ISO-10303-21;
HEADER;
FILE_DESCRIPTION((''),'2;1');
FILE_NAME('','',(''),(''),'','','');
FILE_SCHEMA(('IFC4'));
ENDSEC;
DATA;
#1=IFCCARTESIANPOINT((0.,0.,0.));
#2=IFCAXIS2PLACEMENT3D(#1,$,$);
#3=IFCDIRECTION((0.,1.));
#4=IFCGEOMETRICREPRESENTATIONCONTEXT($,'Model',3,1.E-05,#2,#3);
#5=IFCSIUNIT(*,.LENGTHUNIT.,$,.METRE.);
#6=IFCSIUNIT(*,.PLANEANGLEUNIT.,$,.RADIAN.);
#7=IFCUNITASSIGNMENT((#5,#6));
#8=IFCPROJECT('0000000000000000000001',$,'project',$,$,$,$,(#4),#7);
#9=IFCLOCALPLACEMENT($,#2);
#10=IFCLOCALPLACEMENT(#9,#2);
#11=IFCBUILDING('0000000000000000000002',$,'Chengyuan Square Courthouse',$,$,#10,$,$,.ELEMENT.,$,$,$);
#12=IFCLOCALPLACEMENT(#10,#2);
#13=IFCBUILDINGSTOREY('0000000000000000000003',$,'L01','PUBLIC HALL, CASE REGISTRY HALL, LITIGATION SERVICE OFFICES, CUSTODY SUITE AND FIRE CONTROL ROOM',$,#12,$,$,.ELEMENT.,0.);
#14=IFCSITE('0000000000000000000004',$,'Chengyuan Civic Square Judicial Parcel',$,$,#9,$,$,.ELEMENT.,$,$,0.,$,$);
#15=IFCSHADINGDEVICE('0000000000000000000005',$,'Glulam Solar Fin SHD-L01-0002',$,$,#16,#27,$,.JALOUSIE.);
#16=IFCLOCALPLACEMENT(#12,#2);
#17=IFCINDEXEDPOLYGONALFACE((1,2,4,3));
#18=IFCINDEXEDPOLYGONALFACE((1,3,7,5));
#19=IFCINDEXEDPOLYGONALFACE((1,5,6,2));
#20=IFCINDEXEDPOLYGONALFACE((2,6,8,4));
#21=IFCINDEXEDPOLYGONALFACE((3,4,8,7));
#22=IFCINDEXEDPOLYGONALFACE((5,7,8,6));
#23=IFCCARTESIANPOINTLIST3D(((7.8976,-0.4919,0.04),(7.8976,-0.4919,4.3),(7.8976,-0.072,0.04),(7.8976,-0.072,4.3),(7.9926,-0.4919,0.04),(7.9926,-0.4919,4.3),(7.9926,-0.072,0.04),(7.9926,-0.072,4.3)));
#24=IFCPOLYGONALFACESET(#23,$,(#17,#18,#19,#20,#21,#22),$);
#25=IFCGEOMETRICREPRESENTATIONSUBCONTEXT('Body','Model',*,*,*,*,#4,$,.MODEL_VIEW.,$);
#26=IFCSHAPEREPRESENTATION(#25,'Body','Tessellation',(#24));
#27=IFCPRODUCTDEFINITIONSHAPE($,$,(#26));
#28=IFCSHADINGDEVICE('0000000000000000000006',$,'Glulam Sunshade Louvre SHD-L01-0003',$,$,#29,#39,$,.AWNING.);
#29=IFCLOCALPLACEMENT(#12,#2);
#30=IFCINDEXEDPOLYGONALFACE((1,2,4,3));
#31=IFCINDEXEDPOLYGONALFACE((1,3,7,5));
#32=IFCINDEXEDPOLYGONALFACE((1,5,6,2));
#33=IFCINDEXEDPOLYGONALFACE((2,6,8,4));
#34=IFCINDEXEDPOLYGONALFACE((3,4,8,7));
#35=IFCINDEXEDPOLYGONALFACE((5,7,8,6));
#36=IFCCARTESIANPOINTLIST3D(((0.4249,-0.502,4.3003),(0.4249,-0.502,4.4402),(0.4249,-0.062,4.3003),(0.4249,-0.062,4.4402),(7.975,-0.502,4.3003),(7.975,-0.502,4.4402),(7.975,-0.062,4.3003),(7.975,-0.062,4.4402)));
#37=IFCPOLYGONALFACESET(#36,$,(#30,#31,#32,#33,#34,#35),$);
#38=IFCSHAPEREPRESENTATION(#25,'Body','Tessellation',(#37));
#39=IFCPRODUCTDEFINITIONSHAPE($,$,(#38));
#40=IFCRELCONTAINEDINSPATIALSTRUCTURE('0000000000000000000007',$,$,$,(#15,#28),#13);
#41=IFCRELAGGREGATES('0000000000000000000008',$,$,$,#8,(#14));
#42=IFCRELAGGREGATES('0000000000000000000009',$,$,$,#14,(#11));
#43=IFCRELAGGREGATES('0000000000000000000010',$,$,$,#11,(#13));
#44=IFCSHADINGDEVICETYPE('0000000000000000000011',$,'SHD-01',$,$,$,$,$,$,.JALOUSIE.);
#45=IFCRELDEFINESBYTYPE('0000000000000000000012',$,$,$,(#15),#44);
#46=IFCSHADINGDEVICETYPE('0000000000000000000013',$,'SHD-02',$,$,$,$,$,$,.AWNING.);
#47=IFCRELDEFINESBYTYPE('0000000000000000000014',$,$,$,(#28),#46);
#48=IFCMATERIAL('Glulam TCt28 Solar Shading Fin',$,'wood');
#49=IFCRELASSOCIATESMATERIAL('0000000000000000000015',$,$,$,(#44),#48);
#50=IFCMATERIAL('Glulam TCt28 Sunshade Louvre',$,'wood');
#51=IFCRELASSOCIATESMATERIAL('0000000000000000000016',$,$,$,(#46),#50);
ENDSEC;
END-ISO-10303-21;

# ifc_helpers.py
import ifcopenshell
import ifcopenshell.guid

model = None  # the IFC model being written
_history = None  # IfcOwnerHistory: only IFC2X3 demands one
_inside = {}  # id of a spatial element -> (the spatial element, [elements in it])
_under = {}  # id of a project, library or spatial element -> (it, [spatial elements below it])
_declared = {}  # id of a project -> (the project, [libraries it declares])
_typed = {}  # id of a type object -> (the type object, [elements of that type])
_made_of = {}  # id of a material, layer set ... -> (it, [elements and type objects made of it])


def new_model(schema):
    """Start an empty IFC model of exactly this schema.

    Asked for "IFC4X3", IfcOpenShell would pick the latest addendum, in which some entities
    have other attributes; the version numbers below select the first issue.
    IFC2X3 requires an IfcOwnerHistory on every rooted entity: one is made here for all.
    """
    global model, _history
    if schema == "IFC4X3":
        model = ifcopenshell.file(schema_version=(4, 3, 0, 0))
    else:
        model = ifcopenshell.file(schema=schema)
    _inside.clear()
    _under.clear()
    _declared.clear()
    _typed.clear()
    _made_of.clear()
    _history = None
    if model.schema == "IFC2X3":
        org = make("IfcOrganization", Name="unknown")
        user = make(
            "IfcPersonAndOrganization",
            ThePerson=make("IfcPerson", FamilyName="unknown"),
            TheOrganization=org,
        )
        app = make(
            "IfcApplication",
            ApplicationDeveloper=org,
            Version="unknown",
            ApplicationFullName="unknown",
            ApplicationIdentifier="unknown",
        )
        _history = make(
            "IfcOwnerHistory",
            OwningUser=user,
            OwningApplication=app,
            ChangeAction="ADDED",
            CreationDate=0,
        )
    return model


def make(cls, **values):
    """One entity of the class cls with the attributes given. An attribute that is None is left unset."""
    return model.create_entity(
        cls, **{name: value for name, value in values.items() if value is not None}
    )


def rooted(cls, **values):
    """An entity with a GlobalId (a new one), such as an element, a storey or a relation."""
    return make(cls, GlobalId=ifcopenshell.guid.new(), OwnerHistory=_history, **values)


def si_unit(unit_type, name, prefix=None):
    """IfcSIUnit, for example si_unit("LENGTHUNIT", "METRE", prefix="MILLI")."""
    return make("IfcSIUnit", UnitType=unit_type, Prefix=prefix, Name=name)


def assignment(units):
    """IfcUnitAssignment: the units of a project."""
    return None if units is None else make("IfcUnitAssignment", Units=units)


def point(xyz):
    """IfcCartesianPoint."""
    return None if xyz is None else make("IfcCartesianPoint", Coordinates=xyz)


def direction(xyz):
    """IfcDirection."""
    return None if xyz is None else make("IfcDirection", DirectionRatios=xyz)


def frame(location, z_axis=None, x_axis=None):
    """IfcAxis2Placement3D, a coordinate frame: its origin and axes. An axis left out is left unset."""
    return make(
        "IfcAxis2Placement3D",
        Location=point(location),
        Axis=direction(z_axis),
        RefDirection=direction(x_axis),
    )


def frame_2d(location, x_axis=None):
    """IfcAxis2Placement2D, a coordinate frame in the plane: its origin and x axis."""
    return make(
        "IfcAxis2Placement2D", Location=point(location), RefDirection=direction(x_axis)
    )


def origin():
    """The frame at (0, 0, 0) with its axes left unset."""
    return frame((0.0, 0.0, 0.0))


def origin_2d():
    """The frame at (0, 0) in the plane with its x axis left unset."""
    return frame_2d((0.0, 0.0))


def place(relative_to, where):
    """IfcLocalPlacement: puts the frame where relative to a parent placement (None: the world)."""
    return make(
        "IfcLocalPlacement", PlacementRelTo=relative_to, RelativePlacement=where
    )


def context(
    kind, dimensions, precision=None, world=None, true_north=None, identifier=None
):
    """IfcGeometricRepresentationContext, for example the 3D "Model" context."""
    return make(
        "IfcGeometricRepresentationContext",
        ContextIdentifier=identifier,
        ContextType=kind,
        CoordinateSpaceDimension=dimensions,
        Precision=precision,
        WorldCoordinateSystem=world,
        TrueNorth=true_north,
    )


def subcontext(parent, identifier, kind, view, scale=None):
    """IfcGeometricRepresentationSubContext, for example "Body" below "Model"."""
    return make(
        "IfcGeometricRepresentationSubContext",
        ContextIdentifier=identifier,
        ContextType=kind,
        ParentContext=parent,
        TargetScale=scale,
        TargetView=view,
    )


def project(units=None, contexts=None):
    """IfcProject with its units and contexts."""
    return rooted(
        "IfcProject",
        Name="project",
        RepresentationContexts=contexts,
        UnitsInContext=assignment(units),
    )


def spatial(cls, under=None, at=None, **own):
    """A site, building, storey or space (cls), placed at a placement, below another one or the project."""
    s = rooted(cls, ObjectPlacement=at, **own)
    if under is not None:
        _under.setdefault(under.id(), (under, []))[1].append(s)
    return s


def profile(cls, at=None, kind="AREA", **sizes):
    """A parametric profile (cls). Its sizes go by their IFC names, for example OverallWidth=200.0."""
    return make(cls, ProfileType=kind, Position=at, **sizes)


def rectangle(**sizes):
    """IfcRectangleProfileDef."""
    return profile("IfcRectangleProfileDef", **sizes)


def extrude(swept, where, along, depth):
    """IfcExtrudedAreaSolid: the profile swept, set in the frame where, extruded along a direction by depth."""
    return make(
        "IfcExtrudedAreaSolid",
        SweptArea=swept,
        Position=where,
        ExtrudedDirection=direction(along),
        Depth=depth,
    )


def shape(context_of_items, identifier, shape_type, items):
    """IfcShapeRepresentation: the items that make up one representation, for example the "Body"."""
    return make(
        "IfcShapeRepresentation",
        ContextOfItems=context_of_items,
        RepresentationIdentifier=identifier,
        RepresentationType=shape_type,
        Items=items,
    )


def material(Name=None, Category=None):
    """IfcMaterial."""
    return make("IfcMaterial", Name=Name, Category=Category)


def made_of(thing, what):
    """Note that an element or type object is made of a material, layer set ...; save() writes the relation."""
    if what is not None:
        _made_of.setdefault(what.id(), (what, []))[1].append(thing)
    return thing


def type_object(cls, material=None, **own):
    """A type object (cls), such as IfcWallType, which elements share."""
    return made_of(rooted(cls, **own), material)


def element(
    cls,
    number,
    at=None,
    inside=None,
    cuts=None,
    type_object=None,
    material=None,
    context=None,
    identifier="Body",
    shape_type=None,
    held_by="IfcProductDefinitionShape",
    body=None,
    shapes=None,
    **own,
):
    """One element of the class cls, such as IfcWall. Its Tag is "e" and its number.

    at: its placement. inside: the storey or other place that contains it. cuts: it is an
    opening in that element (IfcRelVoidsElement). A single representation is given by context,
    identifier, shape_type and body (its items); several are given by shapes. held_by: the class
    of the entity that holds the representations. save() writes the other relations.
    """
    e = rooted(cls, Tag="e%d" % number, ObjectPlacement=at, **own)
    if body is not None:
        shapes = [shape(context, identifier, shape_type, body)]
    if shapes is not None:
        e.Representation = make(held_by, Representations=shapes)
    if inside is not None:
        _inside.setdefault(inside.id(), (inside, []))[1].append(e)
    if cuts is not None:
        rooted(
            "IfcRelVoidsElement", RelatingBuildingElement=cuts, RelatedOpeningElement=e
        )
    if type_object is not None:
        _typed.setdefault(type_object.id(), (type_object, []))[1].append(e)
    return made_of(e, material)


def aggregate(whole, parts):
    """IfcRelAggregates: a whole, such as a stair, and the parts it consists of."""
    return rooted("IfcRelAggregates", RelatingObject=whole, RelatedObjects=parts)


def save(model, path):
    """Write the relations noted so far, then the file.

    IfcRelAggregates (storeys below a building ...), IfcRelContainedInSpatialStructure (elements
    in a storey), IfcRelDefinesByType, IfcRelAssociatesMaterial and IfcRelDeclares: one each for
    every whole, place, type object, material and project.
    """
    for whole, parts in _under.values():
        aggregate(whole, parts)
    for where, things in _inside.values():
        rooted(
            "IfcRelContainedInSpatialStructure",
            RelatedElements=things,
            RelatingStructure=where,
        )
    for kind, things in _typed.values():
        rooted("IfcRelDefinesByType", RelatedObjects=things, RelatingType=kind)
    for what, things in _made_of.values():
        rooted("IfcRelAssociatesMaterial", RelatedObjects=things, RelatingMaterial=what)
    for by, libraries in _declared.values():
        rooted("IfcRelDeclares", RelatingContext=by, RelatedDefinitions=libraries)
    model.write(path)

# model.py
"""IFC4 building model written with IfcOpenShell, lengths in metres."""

from ifc_helpers import new_model, si_unit, direction, frame, origin, origin_2d, place, context, subcontext, project, spatial, rectangle, extrude, material, type_object, element, save


model = new_model("IFC4")

# Units and contexts
model_context = context("Model", 3, precision=1e-05, world=origin(), true_north=direction((0.0, 1.0)))
body_context = subcontext(model_context, "Body", "Model", "MODEL_VIEW")
ifc_project = project(units=[si_unit("LENGTHUNIT", "METRE"), si_unit("PLANEANGLEUNIT", "RADIAN")], contexts=[model_context])

# Site, building, storey
site_placement = place(None, origin())
site = spatial("IfcSite", under=ifc_project, at=site_placement, Name="Chengyuan Civic Square Judicial Parcel", CompositionType="ELEMENT", RefElevation=0.0)
building_placement = place(site_placement, origin())
building = spatial("IfcBuilding", under=site, at=building_placement, Name="Chengyuan Square Courthouse", CompositionType="ELEMENT")
storey_placement = place(building_placement, origin())
storey = spatial("IfcBuildingStorey", under=building, at=storey_placement, Name="L01", Description="PUBLIC HALL, CASE REGISTRY HALL, LITIGATION SERVICE OFFICES, CUSTODY SUITE AND FIRE CONTROL ROOM", CompositionType="ELEMENT", Elevation=0.0)

# Shading devices
ifc_material_1 = material(Name="Glulam TCt28 Solar Shading Fin", Category="wood")
shading_device_type_1 = type_object("IfcShadingDeviceType", Name="SHD-01", PredefinedType="JALOUSIE", material=ifc_material_1)
shading_device_1_placement = place(storey_placement, frame((7.9451, -0.282, 0.04), z_axis=(0.0, 0.0, 1.0), x_axis=(0.0, 1.0, 0.0)))
element("IfcShadingDevice", 1, at=shading_device_1_placement, inside=storey, type_object=shading_device_type_1, Name="Glulam Solar Fin SHD-L01-0002", PredefinedType="JALOUSIE", context=body_context, shape_type="SweptSolid", body=[
    extrude(rectangle(XDim=0.4199, YDim=0.095, at=origin_2d()), origin(), (0.0, 0.0, 1.0), 4.26),
])
ifc_material_2 = material(Name="Glulam TCt28 Sunshade Louvre", Category="wood")
shading_device_type_2 = type_object("IfcShadingDeviceType", Name="SHD-02", PredefinedType="AWNING", material=ifc_material_2)
shading_device_2_placement = place(storey_placement, frame((4.2, -0.282, 4.3003), z_axis=(0.0, 0.0, 1.0), x_axis=(1.0, 0.0, 0.0)))
element("IfcShadingDevice", 2, at=shading_device_2_placement, inside=storey, type_object=shading_device_type_2, Name="Glulam Sunshade Louvre SHD-L01-0003", PredefinedType="AWNING", context=body_context, shape_type="SweptSolid", body=[
    extrude(rectangle(XDim=7.55, YDim=0.4399, at=origin_2d()), origin(), (0.0, 0.0, 1.0), 0.1399),
])

save(model, "model.ifc")
